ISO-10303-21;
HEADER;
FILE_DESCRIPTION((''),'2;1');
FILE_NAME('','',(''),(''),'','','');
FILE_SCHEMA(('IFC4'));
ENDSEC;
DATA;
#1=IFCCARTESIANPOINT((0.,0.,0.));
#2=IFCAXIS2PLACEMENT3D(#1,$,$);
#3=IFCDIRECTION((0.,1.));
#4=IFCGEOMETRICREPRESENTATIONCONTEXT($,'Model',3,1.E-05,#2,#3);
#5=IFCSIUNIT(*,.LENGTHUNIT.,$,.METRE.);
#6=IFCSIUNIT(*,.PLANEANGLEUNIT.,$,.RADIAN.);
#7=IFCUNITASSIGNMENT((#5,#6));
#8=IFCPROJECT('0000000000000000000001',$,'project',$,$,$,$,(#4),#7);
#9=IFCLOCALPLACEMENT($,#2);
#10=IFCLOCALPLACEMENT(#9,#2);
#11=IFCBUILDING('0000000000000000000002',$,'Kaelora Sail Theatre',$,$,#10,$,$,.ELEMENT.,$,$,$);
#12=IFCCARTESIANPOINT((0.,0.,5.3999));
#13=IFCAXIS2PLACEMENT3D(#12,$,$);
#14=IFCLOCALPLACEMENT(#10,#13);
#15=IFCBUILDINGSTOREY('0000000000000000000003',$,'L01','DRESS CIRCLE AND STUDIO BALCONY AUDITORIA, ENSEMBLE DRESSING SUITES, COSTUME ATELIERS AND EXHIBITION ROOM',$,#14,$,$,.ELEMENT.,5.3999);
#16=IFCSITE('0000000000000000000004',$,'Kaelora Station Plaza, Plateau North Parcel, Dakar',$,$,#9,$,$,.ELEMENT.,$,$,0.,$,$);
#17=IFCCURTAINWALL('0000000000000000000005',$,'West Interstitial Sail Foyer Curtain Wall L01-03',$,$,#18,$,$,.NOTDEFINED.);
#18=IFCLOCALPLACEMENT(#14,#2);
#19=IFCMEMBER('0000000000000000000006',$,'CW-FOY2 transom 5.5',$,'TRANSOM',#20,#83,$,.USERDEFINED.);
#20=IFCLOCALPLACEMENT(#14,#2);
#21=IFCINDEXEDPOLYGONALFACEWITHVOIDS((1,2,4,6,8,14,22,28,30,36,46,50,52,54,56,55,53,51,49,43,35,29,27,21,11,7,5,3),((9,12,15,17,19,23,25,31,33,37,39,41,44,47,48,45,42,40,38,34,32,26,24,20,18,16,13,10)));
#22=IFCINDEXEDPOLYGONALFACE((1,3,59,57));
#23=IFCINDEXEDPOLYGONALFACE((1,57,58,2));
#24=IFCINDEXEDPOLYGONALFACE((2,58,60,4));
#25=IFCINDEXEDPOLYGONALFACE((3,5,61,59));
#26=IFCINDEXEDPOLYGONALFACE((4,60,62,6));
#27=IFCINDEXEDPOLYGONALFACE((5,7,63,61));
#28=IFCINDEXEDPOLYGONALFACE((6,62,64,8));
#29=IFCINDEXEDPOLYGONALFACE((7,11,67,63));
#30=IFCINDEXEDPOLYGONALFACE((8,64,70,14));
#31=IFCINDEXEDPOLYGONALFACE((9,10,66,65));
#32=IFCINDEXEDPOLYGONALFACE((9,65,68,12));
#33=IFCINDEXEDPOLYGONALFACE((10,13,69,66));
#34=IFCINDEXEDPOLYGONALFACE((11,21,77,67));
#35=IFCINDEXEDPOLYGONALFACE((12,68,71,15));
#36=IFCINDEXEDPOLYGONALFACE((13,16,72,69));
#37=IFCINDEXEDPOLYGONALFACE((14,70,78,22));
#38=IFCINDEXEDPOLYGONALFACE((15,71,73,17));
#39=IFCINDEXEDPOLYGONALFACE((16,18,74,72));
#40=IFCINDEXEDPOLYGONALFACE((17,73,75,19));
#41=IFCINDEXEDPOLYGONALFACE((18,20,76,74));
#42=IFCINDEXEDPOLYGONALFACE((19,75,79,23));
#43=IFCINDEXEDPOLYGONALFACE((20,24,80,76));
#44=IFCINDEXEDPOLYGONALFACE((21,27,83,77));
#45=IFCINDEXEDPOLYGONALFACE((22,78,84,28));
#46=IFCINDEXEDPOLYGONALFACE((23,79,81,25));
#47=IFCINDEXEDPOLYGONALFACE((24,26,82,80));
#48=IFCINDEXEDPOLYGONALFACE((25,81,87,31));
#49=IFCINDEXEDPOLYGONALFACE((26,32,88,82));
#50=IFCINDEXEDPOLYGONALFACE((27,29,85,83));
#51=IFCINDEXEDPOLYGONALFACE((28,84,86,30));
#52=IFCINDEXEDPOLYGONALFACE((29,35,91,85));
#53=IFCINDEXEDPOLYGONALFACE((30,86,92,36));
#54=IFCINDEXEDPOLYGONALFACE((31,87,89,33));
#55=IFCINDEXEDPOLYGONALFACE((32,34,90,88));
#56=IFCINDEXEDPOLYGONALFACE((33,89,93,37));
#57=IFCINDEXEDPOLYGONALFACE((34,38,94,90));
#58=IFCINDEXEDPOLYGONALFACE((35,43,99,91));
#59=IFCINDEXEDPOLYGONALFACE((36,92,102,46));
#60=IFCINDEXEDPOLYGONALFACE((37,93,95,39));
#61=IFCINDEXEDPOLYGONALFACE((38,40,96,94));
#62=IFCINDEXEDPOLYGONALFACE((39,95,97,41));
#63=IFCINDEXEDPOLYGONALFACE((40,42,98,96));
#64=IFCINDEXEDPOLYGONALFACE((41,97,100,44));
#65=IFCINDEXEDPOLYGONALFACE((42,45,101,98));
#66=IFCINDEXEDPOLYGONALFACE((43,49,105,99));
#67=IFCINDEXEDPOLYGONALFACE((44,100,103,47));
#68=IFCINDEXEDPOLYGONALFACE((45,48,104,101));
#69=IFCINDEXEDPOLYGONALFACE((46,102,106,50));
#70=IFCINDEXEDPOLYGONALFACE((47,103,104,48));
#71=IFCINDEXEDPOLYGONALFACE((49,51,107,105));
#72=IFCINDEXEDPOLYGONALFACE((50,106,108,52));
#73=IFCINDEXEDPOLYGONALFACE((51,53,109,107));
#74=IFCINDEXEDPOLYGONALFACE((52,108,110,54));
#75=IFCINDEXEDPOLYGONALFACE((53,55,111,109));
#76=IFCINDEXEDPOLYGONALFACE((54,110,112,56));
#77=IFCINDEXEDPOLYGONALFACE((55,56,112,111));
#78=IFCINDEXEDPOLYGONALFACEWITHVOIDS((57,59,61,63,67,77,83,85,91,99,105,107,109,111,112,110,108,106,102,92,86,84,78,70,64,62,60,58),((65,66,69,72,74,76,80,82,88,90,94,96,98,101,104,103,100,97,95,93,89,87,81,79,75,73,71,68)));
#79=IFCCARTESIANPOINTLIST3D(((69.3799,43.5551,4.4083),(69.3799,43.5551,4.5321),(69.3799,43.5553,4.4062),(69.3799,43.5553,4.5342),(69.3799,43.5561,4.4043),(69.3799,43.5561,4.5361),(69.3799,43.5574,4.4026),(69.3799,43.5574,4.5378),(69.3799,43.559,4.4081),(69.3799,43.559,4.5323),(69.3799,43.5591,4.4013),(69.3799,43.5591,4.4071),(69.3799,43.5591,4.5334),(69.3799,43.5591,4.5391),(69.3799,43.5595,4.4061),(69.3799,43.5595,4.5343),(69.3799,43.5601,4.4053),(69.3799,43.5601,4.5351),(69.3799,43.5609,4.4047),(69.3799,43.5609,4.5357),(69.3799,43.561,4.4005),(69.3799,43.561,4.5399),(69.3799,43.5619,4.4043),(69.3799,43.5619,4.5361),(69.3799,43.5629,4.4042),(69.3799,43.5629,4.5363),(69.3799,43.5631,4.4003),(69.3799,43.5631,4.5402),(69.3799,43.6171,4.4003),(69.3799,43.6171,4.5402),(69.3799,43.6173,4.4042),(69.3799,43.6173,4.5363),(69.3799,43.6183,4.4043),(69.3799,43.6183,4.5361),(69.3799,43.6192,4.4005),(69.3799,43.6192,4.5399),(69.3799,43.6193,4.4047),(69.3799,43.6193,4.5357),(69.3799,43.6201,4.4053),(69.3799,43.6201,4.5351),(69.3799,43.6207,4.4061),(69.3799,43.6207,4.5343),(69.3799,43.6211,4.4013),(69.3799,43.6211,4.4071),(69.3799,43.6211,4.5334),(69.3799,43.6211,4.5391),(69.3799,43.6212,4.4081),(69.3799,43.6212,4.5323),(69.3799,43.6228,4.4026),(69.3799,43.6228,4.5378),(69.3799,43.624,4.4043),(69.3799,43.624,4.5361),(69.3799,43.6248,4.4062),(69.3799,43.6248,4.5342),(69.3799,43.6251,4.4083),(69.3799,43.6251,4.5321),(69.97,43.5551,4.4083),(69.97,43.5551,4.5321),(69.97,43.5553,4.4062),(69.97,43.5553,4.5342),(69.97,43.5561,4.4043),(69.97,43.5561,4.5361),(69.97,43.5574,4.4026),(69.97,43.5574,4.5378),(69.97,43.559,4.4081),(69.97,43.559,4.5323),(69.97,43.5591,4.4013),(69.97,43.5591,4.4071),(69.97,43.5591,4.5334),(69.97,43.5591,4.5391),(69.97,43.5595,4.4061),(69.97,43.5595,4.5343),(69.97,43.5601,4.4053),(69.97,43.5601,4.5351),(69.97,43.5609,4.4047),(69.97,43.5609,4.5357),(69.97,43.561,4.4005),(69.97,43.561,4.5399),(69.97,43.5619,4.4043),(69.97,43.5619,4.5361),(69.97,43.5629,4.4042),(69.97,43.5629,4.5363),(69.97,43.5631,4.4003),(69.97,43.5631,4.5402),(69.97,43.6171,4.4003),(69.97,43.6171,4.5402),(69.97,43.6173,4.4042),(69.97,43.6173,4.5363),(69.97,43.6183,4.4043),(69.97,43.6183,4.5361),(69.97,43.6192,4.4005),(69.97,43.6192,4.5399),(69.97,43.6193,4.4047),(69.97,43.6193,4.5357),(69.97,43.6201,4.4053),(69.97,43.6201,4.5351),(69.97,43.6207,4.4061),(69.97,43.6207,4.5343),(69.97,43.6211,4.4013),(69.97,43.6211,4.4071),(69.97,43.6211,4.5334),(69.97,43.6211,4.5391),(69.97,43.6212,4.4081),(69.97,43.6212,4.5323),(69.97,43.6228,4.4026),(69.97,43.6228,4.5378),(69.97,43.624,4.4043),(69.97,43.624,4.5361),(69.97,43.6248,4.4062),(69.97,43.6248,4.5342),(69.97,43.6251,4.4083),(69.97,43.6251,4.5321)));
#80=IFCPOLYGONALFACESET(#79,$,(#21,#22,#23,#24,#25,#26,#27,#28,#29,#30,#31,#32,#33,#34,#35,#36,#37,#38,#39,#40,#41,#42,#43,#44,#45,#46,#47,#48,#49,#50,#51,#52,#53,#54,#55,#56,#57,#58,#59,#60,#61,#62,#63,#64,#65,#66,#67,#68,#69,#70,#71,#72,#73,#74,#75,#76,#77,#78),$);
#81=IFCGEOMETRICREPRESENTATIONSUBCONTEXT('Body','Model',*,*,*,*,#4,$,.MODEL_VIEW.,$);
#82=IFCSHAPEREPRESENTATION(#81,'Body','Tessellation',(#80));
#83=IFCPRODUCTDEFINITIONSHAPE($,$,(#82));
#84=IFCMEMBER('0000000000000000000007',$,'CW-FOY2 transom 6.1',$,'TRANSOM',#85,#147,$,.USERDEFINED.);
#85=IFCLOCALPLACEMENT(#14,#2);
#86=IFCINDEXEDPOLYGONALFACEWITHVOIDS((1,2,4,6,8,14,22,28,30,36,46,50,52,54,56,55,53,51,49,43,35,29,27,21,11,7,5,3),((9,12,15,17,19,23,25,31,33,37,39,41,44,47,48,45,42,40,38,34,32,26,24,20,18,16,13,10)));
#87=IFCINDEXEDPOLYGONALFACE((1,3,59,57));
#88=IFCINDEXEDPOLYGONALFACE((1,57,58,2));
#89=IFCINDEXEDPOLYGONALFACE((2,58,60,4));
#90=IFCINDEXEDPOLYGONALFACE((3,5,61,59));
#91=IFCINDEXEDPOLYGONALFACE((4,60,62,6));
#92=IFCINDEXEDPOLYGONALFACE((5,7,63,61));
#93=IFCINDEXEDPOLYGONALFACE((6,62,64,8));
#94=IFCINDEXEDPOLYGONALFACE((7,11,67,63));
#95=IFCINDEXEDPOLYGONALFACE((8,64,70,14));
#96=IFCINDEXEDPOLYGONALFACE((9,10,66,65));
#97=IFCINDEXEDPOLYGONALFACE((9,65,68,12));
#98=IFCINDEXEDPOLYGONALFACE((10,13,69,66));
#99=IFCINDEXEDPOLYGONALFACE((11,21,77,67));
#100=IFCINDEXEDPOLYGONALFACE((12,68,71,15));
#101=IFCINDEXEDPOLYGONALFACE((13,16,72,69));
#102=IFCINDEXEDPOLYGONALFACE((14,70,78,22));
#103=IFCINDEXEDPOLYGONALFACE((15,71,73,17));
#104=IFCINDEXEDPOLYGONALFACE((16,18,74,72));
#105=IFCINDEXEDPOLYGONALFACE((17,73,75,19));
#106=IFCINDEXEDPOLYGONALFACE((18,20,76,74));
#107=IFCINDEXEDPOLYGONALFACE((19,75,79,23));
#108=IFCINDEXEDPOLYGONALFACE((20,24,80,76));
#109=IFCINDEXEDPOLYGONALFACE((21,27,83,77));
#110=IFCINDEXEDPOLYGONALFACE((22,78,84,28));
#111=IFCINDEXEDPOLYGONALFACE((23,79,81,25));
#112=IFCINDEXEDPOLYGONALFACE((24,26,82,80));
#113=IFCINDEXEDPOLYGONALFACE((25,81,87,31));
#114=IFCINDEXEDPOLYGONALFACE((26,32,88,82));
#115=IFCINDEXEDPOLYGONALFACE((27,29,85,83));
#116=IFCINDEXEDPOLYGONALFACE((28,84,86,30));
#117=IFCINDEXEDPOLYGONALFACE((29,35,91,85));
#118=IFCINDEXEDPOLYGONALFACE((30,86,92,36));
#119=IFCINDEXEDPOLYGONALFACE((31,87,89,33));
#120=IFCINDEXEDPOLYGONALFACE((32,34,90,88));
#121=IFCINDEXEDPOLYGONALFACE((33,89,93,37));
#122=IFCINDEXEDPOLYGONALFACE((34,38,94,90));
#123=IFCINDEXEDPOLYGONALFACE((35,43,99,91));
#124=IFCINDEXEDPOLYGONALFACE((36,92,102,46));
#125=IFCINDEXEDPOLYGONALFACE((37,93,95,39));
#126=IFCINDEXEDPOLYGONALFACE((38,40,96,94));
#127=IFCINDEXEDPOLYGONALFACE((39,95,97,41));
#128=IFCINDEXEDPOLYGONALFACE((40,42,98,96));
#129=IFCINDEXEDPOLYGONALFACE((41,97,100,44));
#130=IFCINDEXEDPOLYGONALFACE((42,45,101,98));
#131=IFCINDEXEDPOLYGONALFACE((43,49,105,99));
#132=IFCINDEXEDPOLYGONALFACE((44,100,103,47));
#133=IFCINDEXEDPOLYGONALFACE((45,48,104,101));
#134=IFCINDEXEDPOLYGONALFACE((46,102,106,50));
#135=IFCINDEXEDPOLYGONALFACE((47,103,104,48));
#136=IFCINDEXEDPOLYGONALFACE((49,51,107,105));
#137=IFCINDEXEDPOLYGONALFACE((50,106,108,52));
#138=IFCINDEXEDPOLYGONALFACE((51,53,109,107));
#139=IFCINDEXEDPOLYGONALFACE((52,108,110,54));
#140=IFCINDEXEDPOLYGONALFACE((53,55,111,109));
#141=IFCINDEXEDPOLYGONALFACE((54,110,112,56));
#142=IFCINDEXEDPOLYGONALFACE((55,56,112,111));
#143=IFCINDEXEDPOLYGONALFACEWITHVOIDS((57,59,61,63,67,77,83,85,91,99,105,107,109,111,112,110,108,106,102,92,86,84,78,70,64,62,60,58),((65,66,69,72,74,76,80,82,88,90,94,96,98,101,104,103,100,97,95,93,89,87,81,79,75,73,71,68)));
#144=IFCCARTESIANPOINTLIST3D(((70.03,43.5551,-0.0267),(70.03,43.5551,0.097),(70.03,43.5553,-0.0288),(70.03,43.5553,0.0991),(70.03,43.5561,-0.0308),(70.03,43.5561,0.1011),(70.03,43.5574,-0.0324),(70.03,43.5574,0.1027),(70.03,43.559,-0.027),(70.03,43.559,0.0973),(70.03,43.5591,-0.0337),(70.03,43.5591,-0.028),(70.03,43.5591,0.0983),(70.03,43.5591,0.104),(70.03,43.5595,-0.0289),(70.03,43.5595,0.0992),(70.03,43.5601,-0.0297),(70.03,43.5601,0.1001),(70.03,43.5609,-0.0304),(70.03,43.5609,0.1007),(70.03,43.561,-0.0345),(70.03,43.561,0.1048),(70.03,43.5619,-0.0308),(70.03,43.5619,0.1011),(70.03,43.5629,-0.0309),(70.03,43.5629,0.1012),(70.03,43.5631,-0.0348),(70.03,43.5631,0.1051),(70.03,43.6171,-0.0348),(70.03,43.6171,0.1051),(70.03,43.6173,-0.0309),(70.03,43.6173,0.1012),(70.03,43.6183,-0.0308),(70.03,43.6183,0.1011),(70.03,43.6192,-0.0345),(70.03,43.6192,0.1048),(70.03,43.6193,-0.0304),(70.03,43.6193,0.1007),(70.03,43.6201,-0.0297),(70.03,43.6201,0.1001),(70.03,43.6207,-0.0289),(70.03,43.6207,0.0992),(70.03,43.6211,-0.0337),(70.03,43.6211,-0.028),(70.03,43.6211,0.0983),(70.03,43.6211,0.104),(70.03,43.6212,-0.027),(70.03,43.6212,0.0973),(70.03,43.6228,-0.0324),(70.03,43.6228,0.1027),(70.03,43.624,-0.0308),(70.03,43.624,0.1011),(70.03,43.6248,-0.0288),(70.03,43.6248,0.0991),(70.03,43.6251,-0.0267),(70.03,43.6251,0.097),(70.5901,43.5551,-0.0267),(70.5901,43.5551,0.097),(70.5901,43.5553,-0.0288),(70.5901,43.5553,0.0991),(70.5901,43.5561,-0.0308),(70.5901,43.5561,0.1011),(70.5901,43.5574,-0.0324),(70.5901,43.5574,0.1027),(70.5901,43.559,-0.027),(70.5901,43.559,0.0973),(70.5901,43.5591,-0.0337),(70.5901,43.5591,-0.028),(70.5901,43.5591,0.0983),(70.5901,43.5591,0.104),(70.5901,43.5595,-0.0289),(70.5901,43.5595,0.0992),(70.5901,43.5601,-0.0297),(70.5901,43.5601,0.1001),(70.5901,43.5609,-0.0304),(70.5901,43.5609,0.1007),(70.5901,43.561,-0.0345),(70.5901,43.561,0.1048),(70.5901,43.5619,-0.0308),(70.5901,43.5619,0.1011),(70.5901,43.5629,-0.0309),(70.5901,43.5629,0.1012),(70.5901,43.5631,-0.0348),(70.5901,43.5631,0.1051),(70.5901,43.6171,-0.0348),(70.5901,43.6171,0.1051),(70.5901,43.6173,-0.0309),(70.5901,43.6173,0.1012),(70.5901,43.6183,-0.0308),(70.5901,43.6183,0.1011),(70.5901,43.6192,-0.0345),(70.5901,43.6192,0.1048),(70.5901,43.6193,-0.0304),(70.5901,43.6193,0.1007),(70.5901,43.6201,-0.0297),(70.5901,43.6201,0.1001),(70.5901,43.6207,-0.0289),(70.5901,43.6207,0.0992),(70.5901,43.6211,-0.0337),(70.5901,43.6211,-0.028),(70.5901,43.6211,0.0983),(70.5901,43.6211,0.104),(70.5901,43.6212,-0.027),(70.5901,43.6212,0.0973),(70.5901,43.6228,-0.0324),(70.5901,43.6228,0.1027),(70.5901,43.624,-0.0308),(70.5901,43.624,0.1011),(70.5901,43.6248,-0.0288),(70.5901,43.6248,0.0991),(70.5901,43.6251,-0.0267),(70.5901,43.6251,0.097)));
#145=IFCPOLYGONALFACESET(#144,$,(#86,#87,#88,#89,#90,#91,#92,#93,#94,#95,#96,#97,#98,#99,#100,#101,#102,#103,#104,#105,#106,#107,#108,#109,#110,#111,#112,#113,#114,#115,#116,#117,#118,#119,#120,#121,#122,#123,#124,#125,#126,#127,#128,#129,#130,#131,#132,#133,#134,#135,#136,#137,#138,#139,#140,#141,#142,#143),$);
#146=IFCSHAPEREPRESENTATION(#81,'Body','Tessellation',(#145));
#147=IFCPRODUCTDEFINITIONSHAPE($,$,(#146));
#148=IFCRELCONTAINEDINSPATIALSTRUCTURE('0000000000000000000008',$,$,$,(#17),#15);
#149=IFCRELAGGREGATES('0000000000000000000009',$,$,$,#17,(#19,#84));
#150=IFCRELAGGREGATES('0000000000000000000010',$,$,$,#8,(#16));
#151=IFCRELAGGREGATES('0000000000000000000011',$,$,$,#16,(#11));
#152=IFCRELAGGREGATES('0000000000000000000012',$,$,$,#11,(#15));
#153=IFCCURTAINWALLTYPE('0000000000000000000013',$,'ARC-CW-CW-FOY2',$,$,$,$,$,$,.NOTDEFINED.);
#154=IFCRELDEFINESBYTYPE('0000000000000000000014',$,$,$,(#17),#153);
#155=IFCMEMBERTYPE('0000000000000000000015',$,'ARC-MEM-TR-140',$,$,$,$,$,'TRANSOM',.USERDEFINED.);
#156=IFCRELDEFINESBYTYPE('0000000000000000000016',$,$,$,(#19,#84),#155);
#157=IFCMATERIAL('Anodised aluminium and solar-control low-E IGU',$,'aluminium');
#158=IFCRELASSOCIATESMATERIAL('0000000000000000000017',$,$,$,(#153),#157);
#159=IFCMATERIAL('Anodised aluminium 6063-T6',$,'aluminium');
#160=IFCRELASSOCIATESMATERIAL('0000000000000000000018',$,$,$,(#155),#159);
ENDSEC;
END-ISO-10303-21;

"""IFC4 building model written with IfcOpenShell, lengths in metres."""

from ifc_helpers import new_model, si_unit, direction, frame, origin, origin_2d, place, context, subcontext, project, spatial, hollow_rectangle, extrude, material, material_profile, profile_set, type_object, element, aggregate, save


model = new_model("IFC4")

# Units and contexts
model_context = context("Model", 3, precision=1e-05, world=origin(), true_north=direction((0.0, 1.0)))
body_context = subcontext(model_context, "Body", "Model", "MODEL_VIEW")
ifc_project = project(units=[si_unit("LENGTHUNIT", "METRE"), si_unit("PLANEANGLEUNIT", "RADIAN")], contexts=[model_context])

# Site, building, storey
site_placement = place(None, origin())
site = spatial("IfcSite", under=ifc_project, at=site_placement, Name="Kaelora Station Plaza, Plateau North Parcel, Dakar", CompositionType="ELEMENT", RefElevation=0.0)
building_placement = place(site_placement, origin())
building = spatial("IfcBuilding", under=site, at=building_placement, Name="Kaelora Sail Theatre", CompositionType="ELEMENT")
storey_placement = place(building_placement, frame((0.0, 0.0, 5.3999)))
storey = spatial("IfcBuildingStorey", under=building, at=storey_placement, Name="L01", Description="DRESS CIRCLE AND STUDIO BALCONY AUDITORIA, ENSEMBLE DRESSING SUITES, COSTUME ATELIERS AND EXHIBITION ROOM", CompositionType="ELEMENT", Elevation=5.3999)

# Curtain wall
ifc_material_1 = material(Name="Anodised aluminium and solar-control low-E IGU", Category="aluminium")
curtain_wall_type = type_object("IfcCurtainWallType", Name="ARC-CW-CW-FOY2", PredefinedType="NOTDEFINED", material=ifc_material_1)
curtain_wall_1_placement = place(storey_placement, origin())
curtain_wall_1 = element("IfcCurtainWall", 1, at=curtain_wall_1_placement, inside=storey, type_object=curtain_wall_type, Name="West Interstitial Sail Foyer Curtain Wall L01-03", PredefinedType="NOTDEFINED")

# Members
ifc_material_2 = material(Name="Anodised aluminium 6063-T6", Category="aluminium")
ifc_material_profile_1 = material_profile(ifc_material_2, hollow_rectangle(XDim=0.0701, YDim=0.1399, WallThickness=0.0039, InnerFilletRadius=0.0039, OuterFilletRadius=0.0081, at=origin_2d()), Name="ALU-TRAN 70x140x4")
ifc_profile_set_1 = profile_set([ifc_material_profile_1], Name="Anodised aluminium 6063-T6")
member_type_1 = type_object("IfcMemberType", Name="ARC-MEM-TR-140", ElementType="TRANSOM", PredefinedType="USERDEFINED", material=ifc_profile_set_1)
member_1_placement = place(storey_placement, frame((69.3799, 43.5901, 4.4702), z_axis=(1.0, 0.0, 0.0), x_axis=(0.0, 1.0, 0.0)))
member_1 = element("IfcMember", 2, at=member_1_placement, type_object=member_type_1, Name="CW-FOY2 transom 5.5", ObjectType="TRANSOM", PredefinedType="USERDEFINED", context=body_context, shape_type="SweptSolid", body=[
    extrude(hollow_rectangle(XDim=0.0701, YDim=0.1399, WallThickness=0.0039, InnerFilletRadius=0.0039, OuterFilletRadius=0.0081, at=origin_2d()), origin(), (0.0, 0.0, 1.0), 0.5901),
])
member_2_placement = place(storey_placement, frame((70.03, 43.5901, 0.0352), z_axis=(1.0, 0.0, 0.0), x_axis=(0.0, 1.0, 0.0)))
member_2 = element("IfcMember", 3, at=member_2_placement, type_object=member_type_1, Name="CW-FOY2 transom 6.1", ObjectType="TRANSOM", PredefinedType="USERDEFINED", context=body_context, shape_type="SweptSolid", body=[
    extrude(hollow_rectangle(XDim=0.0701, YDim=0.1399, WallThickness=0.0039, InnerFilletRadius=0.0039, OuterFilletRadius=0.0081, at=origin_2d()), origin(), (0.0, 0.0, 1.0), 0.5601),
])

aggregate(curtain_wall_1, [member_1, member_2])

save(model, "model.ifc")
